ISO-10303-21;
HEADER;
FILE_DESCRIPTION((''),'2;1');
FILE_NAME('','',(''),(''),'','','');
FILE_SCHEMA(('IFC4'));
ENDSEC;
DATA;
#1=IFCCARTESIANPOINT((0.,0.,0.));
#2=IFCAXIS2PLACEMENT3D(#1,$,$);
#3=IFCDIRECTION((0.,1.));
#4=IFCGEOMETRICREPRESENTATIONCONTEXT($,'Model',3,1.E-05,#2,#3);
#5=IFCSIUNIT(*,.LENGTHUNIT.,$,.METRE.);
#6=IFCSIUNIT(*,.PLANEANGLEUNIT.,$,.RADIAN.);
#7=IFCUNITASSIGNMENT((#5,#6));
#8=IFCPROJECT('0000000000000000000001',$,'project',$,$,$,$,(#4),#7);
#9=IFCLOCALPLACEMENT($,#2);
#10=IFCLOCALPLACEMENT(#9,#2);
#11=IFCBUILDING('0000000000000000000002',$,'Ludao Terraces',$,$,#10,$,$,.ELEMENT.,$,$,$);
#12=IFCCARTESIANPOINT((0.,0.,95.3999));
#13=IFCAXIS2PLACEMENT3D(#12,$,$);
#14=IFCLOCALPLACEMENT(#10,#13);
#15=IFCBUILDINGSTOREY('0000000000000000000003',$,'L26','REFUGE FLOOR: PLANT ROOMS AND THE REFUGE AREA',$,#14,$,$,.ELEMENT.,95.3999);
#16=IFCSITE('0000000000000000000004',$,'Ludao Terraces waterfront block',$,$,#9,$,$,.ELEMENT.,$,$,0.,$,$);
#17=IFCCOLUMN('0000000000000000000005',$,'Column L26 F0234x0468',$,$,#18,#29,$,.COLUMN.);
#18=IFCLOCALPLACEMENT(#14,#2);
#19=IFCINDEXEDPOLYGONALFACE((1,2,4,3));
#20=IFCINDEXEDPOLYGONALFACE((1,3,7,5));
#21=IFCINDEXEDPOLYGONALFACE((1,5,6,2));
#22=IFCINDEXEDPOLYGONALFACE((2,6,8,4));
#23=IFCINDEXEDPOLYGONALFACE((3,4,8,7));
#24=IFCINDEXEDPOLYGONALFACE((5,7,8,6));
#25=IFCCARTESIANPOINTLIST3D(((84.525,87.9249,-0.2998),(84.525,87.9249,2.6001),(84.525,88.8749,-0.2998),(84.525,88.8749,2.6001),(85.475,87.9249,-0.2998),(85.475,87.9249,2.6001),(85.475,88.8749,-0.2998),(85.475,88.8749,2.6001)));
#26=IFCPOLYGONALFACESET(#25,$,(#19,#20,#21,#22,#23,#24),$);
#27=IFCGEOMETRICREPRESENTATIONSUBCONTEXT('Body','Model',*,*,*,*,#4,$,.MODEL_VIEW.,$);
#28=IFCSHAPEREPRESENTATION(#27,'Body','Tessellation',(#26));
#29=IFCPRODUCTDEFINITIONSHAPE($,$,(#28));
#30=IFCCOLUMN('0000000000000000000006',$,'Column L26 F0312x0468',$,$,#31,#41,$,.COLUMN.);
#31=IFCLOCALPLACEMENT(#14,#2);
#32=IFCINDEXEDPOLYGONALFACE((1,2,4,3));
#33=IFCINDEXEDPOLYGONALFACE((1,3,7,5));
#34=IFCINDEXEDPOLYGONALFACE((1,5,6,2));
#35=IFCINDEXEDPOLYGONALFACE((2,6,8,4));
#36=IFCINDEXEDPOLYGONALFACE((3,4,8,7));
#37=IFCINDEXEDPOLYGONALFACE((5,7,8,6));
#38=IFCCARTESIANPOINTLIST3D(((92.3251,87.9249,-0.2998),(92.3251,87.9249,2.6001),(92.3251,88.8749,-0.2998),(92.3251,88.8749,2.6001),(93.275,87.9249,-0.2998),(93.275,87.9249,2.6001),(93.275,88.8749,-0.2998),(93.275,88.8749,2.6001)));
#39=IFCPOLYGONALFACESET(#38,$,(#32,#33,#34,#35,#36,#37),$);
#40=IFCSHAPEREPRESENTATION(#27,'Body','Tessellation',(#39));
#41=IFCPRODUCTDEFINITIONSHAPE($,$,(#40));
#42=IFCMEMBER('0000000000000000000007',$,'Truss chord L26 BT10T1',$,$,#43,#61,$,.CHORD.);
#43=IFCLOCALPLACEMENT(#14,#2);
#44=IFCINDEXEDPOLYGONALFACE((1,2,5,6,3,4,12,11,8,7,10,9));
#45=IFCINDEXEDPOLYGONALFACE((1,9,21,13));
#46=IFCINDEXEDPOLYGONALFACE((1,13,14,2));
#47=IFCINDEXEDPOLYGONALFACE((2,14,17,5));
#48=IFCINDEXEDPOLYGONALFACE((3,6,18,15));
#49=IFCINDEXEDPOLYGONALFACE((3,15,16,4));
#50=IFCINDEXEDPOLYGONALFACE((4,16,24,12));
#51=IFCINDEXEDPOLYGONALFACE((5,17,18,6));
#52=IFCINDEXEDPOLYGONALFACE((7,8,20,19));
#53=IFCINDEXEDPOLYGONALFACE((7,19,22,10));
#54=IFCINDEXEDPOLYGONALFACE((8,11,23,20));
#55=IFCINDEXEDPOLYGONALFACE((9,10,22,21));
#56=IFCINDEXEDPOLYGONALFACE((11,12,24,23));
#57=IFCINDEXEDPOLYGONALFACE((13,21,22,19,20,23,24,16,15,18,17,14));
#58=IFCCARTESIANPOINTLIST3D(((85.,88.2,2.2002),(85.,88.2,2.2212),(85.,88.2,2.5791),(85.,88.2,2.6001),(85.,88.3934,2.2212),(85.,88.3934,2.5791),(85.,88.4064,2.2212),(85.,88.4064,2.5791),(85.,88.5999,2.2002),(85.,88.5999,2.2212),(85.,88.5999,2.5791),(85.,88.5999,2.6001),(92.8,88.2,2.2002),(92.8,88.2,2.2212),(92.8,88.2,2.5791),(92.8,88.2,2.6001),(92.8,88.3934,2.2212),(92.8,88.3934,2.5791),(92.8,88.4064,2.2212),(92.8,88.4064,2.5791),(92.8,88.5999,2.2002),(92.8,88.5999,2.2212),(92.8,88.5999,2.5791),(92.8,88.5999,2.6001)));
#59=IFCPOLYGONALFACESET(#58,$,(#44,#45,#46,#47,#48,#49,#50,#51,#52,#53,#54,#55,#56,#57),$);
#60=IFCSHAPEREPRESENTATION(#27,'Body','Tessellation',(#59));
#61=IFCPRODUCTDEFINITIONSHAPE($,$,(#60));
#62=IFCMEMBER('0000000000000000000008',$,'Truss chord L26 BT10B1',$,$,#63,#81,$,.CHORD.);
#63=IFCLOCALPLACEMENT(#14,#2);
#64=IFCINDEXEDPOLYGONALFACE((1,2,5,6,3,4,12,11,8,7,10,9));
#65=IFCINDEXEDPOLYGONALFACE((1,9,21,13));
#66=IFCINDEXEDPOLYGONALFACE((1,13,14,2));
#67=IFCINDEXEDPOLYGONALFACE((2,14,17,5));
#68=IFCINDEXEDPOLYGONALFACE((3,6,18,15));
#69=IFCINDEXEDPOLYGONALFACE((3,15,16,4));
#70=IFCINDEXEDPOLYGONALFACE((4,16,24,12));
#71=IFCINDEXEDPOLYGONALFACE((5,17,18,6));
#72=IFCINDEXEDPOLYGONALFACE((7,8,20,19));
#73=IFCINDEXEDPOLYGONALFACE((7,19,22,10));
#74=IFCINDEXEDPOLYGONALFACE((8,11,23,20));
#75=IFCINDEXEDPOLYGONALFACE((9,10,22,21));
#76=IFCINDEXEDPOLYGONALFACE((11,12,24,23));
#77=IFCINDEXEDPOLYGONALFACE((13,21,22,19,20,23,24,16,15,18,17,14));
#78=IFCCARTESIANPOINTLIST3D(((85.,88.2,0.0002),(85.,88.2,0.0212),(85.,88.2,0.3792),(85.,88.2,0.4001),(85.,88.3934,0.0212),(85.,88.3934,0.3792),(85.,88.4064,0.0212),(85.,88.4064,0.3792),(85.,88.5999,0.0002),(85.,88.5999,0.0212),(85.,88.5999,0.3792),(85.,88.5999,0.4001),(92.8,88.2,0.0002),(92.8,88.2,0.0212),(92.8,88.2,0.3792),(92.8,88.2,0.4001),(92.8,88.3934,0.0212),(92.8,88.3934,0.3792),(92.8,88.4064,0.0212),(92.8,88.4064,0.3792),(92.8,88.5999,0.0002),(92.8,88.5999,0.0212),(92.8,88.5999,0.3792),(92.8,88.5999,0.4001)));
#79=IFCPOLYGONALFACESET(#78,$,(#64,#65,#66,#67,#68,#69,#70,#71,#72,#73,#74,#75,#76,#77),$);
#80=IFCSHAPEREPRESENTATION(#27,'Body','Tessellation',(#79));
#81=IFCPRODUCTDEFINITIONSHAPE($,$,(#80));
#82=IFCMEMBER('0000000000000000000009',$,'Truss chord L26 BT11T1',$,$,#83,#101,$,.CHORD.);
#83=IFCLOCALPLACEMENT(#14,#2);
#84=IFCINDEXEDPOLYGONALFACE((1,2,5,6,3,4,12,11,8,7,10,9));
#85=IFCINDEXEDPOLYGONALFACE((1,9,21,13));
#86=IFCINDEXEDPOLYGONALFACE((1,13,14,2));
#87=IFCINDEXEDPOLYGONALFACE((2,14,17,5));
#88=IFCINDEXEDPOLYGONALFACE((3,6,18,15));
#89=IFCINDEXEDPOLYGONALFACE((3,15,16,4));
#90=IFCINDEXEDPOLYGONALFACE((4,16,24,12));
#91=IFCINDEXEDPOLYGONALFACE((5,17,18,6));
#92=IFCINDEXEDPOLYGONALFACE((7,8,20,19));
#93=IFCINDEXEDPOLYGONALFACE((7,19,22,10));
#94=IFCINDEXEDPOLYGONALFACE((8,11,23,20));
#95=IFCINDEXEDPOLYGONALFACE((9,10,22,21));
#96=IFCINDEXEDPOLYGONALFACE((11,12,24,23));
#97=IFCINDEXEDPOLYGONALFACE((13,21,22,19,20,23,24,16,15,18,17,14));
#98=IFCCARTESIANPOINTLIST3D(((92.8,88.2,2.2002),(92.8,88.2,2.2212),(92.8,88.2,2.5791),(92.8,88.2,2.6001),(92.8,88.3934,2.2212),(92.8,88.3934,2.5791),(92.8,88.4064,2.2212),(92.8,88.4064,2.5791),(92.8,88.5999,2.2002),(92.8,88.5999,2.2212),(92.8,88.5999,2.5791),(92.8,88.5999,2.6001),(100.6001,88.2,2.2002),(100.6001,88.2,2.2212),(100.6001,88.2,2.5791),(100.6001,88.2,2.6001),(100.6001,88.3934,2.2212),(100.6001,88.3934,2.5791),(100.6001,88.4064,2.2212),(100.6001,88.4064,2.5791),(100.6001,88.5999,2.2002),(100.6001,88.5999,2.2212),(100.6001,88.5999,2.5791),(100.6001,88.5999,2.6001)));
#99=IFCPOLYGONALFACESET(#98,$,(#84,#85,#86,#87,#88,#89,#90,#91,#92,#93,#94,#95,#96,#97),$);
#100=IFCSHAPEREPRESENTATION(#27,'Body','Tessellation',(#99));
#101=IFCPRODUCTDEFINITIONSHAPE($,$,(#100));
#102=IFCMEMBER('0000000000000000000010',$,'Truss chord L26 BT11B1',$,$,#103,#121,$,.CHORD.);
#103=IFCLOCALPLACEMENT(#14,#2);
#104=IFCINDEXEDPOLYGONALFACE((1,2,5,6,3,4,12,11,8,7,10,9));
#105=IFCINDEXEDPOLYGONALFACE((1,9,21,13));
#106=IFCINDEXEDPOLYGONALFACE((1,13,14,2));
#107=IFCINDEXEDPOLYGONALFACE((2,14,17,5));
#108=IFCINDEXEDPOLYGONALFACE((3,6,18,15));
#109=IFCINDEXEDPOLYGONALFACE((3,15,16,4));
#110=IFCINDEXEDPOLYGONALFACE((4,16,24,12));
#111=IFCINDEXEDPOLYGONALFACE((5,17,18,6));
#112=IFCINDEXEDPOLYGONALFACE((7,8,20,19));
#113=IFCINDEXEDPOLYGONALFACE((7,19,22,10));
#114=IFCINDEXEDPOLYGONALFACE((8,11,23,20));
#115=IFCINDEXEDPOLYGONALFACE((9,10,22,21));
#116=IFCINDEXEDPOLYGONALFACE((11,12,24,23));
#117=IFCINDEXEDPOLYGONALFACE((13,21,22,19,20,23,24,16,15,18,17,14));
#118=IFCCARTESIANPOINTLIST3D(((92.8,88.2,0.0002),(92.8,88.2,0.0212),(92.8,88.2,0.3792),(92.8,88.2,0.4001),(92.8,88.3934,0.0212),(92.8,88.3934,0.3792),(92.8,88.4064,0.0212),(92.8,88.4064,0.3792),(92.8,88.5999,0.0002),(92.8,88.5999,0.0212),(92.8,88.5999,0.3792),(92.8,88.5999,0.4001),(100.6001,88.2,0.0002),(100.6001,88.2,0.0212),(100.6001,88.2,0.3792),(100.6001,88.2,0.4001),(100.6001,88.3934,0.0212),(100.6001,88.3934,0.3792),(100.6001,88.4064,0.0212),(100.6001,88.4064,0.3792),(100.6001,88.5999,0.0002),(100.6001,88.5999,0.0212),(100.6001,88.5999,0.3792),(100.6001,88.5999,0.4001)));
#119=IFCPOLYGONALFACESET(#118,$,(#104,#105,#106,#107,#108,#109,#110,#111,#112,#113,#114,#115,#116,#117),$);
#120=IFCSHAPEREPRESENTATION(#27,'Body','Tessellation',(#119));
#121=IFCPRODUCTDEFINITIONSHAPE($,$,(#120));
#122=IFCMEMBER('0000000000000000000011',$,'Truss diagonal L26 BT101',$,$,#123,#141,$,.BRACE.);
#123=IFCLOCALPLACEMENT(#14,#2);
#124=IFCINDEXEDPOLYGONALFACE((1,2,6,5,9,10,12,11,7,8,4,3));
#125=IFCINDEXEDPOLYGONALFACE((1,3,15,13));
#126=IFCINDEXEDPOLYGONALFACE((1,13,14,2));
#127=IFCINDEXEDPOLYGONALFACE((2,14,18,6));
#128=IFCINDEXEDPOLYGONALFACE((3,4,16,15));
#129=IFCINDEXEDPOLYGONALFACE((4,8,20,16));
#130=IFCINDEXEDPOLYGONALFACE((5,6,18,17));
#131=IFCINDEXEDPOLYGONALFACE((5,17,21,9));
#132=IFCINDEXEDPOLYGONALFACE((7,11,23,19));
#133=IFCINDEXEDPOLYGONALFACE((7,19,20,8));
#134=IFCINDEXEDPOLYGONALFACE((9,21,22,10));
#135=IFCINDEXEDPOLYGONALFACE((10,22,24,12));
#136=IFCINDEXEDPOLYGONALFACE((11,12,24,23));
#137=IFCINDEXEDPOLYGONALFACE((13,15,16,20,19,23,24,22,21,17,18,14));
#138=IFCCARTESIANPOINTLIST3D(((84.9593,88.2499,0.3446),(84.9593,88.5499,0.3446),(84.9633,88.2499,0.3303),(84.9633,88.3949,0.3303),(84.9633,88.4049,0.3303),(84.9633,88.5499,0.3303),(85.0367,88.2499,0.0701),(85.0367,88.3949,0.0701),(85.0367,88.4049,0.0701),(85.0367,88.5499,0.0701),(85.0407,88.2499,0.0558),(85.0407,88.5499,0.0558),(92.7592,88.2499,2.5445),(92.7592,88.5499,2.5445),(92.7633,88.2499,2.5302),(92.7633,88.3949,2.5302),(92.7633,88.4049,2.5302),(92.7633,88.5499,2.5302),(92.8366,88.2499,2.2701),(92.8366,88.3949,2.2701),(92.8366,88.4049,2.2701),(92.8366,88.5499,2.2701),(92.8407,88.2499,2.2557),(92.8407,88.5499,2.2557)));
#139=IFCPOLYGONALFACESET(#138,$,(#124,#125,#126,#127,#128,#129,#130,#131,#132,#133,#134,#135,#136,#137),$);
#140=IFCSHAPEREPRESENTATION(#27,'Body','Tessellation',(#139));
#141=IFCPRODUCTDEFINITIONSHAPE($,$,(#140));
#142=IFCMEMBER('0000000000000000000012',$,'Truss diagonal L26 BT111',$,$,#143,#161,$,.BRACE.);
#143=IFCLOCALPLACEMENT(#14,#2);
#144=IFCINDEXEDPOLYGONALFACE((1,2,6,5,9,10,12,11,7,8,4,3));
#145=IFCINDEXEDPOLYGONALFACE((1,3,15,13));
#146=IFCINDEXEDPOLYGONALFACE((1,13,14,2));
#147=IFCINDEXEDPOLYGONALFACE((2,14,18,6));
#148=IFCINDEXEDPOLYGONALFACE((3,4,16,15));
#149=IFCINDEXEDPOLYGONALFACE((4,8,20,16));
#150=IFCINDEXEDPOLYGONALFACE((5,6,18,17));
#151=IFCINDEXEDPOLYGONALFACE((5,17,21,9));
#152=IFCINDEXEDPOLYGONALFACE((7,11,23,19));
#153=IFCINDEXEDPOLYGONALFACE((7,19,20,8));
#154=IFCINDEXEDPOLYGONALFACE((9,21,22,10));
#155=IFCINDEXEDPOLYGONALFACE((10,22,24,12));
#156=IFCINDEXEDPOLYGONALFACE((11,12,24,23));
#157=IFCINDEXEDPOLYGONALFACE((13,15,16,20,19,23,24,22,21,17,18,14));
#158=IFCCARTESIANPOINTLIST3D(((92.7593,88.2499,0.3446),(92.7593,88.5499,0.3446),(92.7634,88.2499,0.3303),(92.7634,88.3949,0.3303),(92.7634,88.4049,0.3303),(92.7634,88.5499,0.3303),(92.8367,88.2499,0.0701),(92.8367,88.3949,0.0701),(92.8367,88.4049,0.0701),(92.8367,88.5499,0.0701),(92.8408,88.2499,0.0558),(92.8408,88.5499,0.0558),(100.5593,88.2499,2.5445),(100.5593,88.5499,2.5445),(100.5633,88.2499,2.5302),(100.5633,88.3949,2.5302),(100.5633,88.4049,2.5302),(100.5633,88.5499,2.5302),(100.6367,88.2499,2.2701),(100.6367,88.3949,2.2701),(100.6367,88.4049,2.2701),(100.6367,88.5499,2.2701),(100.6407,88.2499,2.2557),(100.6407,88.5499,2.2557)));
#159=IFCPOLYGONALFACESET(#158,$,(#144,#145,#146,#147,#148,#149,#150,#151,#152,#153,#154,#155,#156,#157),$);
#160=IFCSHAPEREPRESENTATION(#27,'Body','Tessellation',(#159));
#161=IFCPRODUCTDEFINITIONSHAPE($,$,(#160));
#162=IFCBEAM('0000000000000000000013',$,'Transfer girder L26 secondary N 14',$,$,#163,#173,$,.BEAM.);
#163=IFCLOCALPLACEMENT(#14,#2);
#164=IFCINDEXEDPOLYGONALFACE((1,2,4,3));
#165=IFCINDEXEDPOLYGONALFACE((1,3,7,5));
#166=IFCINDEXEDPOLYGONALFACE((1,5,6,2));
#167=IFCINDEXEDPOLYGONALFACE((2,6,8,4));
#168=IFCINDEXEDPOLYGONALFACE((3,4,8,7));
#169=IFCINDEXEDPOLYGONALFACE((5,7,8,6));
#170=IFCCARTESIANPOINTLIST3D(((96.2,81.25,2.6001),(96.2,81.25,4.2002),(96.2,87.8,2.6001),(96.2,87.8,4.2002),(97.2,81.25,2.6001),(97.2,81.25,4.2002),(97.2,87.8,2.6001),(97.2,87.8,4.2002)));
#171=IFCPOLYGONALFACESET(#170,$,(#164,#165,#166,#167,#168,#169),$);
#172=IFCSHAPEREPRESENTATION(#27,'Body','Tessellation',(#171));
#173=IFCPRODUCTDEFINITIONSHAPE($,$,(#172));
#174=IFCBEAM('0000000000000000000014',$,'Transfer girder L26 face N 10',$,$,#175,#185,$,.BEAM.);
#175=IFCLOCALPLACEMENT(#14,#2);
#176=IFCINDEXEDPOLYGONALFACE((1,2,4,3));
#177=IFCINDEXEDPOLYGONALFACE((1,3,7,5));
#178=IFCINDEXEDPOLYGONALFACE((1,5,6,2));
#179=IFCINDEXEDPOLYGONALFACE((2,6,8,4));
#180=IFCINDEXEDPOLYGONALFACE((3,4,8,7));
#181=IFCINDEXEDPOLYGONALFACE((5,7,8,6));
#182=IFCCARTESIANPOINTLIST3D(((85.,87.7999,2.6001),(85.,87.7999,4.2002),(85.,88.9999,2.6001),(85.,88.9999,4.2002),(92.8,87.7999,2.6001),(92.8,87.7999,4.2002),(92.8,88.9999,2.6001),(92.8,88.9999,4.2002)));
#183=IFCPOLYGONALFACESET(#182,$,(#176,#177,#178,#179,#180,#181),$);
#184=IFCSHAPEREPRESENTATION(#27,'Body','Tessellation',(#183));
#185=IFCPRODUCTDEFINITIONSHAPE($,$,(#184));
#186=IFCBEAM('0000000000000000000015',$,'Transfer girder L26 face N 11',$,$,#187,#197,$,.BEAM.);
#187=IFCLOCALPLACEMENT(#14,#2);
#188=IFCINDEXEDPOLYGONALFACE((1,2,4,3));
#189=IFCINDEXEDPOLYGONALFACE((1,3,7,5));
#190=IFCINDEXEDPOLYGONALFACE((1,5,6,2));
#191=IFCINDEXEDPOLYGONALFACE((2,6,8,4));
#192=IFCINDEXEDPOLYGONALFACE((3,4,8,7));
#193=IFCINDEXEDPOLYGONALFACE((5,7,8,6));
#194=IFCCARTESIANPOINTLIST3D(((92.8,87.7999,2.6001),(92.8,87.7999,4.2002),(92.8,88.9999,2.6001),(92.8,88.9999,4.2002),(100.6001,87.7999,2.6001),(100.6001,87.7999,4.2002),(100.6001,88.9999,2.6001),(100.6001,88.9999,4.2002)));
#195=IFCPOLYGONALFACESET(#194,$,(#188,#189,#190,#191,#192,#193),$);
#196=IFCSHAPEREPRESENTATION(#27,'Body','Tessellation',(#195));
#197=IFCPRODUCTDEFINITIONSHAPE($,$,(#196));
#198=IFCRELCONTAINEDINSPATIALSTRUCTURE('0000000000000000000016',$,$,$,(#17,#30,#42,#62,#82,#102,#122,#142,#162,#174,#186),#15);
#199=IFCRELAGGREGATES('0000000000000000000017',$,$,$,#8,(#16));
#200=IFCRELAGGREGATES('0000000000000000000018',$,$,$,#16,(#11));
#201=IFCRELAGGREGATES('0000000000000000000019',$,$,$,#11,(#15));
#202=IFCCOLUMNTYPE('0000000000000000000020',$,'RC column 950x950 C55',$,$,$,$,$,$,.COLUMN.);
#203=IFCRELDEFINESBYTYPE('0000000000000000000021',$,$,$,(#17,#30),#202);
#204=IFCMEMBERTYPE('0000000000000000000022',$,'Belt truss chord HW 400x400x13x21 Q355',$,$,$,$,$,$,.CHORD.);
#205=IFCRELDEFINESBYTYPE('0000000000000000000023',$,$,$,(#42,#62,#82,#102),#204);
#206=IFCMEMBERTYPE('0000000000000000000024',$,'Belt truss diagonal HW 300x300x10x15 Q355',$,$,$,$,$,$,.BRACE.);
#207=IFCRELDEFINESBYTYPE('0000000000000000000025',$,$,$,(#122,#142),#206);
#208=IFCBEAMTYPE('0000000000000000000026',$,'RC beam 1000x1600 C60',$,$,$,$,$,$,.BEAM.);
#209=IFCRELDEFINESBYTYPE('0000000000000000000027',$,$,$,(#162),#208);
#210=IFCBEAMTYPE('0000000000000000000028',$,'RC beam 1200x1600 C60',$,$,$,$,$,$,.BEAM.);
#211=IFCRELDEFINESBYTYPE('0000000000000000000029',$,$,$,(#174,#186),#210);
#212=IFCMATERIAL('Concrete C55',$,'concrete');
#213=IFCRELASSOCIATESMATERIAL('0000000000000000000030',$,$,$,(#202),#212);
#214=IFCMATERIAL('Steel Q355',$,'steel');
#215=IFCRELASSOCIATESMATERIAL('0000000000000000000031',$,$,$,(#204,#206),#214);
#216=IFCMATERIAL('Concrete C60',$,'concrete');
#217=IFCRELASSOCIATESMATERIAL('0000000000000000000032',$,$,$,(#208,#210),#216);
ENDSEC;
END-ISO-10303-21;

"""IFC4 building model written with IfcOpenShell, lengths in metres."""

from ifc_helpers import new_model, si_unit, direction, frame, origin, origin_2d, place, context, subcontext, project, spatial, rectangle, i_section, extrude, material, material_profile, profile_set, type_object, element, save


model = new_model("IFC4")

# Units and contexts
model_context = context("Model", 3, precision=1e-05, world=origin(), true_north=direction((0.0, 1.0)))
body_context = subcontext(model_context, "Body", "Model", "MODEL_VIEW")
ifc_project = project(units=[si_unit("LENGTHUNIT", "METRE"), si_unit("PLANEANGLEUNIT", "RADIAN")], contexts=[model_context])

# Site, building, storey
site_placement = place(None, origin())
site = spatial("IfcSite", under=ifc_project, at=site_placement, Name="Ludao Terraces waterfront block", CompositionType="ELEMENT", RefElevation=0.0)
building_placement = place(site_placement, origin())
building = spatial("IfcBuilding", under=site, at=building_placement, Name="Ludao Terraces", CompositionType="ELEMENT")
storey_placement = place(building_placement, frame((0.0, 0.0, 95.3999)))
storey = spatial("IfcBuildingStorey", under=building, at=storey_placement, Name="L26", Description="REFUGE FLOOR: PLANT ROOMS AND THE REFUGE AREA", CompositionType="ELEMENT", Elevation=95.3999)

# Columns
ifc_material_1 = material(Name="Concrete C55", Category="concrete")
ifc_material_profile_1 = material_profile(ifc_material_1, rectangle(XDim=0.95, YDim=0.95, at=origin_2d()), Name="950 X 950")
ifc_profile_set_1 = profile_set([ifc_material_profile_1], Name="Concrete C55")
column_type = type_object("IfcColumnType", Name="RC column 950x950 C55", PredefinedType="COLUMN", material=ifc_profile_set_1)
for number, where, z_axis, x_axis, name in (
    (1, (85.0, 88.3999, -0.2998), (0.0, 0.0, 1.0), (1.0, 0.0, 0.0), "Column L26 F0234x0468"),
    (2, (92.8, 88.3999, -0.2998), (0.0, 0.0, 1.0), (1.0, 0.0, 0.0), "Column L26 F0312x0468"),
):
    element("IfcColumn", number, at=place(storey_placement, frame(where, z_axis=z_axis, x_axis=x_axis)), inside=storey, type_object=column_type, Name=name, PredefinedType="COLUMN", context=body_context, shape_type="SweptSolid", body=[
        extrude(rectangle(XDim=0.95, YDim=0.95, at=origin_2d()), origin(), (0.0, 0.0, 1.0), 2.8999),
    ])

# Members
ifc_material_2 = material(Name="Steel Q355", Category="steel")
ifc_material_profile_2 = material_profile(ifc_material_2, i_section(OverallWidth=0.3999, OverallDepth=0.3999, WebThickness=0.0129, FlangeThickness=0.021, at=origin_2d()), Name="HW 400X400X13X21")
ifc_profile_set_2 = profile_set([ifc_material_profile_2], Name="Steel Q355")
member_type_1 = type_object("IfcMemberType", Name="Belt truss chord HW 400x400x13x21 Q355", PredefinedType="CHORD", material=ifc_profile_set_2)
for number, where, z_axis, x_axis, name in (
    (3, (85.0, 88.3999, 2.4001), (1.0, 0.0, 0.0), (0.0, 1.0, 0.0), "Truss chord L26 BT10T1"),
    (4, (85.0, 88.3999, 0.2002), (1.0, 0.0, 0.0), (0.0, 1.0, 0.0), "Truss chord L26 BT10B1"),
    (5, (92.8, 88.3999, 2.4001), (1.0, 0.0, 0.0), (0.0, 1.0, 0.0), "Truss chord L26 BT11T1"),
    (6, (92.8, 88.3999, 0.2002), (1.0, 0.0, 0.0), (0.0, 1.0, 0.0), "Truss chord L26 BT11B1"),
):
    element("IfcMember", number, at=place(storey_placement, frame(where, z_axis=z_axis, x_axis=x_axis)), inside=storey, type_object=member_type_1, Name=name, PredefinedType="CHORD", context=body_context, shape_type="SweptSolid", body=[
        extrude(i_section(OverallWidth=0.3999, OverallDepth=0.3999, WebThickness=0.0129, FlangeThickness=0.021, at=origin_2d()), origin(), (0.0, 0.0, 1.0), 7.8),
    ])
ifc_material_profile_3 = material_profile(ifc_material_2, i_section(OverallWidth=0.3, OverallDepth=0.3, WebThickness=0.01, FlangeThickness=0.0149, at=origin_2d()), Name="HW 300X300X10X15")
ifc_profile_set_3 = profile_set([ifc_material_profile_3], Name="Steel Q355")
member_type_2 = type_object("IfcMemberType", Name="Belt truss diagonal HW 300x300x10x15 Q355", PredefinedType="BRACE", material=ifc_profile_set_3)
for number, where, z_axis, x_axis, name in (
    (7, (85.0, 88.3999, 0.2002), (0.962452, 0.0, 0.271453), (0.0, 1.0, 0.0), "Truss diagonal L26 BT101"),
    (8, (92.8, 88.3999, 0.2002), (0.962452, 0.0, 0.271453), (0.0, 1.0, 0.0), "Truss diagonal L26 BT111"),
):
    element("IfcMember", number, at=place(storey_placement, frame(where, z_axis=z_axis, x_axis=x_axis)), inside=storey, type_object=member_type_2, Name=name, PredefinedType="BRACE", context=body_context, shape_type="SweptSolid", body=[
        extrude(i_section(OverallWidth=0.3, OverallDepth=0.3, WebThickness=0.01, FlangeThickness=0.0149, at=origin_2d()), origin(), (0.0, 0.0, 1.0), 8.1042),
    ])

# Beams
ifc_material_3 = material(Name="Concrete C60", Category="concrete")
ifc_material_profile_4 = material_profile(ifc_material_3, rectangle(XDim=1.0, YDim=1.6001, at=origin_2d()), Name="1000 X 1600")
ifc_profile_set_4 = profile_set([ifc_material_profile_4], Name="Concrete C60")
beam_type_1 = type_object("IfcBeamType", Name="RC beam 1000x1600 C60", PredefinedType="BEAM", material=ifc_profile_set_4)
beam_placement = place(storey_placement, frame((96.7, 87.8, 3.4001), z_axis=(0.0, -1.0, 0.0), x_axis=(1.0, 0.0, 0.0)))
element("IfcBeam", 9, at=beam_placement, inside=storey, type_object=beam_type_1, Name="Transfer girder L26 secondary N 14", PredefinedType="BEAM", context=body_context, shape_type="SweptSolid", body=[
    extrude(rectangle(XDim=1.0, YDim=1.6001, at=origin_2d()), origin(), (0.0, 0.0, 1.0), 6.55),
])
ifc_material_profile_5 = material_profile(ifc_material_3, rectangle(XDim=1.2, YDim=1.6001, at=origin_2d()), Name="1200 X 1600")
ifc_profile_set_5 = profile_set([ifc_material_profile_5], Name="Concrete C60")
beam_type_2 = type_object("IfcBeamType", Name="RC beam 1200x1600 C60", PredefinedType="BEAM", material=ifc_profile_set_5)
for number, where, z_axis, x_axis, name in (
    (10, (85.0, 88.3999, 3.4001), (1.0, 0.0, 0.0), (0.0, 1.0, 0.0), "Transfer girder L26 face N 10"),
    (11, (92.8, 88.3999, 3.4001), (1.0, 0.0, 0.0), (0.0, 1.0, 0.0), "Transfer girder L26 face N 11"),
):
    element("IfcBeam", number, at=place(storey_placement, frame(where, z_axis=z_axis, x_axis=x_axis)), inside=storey, type_object=beam_type_2, Name=name, PredefinedType="BEAM", context=body_context, shape_type="SweptSolid", body=[
        extrude(rectangle(XDim=1.2, YDim=1.6001, at=origin_2d()), origin(), (0.0, 0.0, 1.0), 7.8),
    ])

save(model, "model.ifc")
